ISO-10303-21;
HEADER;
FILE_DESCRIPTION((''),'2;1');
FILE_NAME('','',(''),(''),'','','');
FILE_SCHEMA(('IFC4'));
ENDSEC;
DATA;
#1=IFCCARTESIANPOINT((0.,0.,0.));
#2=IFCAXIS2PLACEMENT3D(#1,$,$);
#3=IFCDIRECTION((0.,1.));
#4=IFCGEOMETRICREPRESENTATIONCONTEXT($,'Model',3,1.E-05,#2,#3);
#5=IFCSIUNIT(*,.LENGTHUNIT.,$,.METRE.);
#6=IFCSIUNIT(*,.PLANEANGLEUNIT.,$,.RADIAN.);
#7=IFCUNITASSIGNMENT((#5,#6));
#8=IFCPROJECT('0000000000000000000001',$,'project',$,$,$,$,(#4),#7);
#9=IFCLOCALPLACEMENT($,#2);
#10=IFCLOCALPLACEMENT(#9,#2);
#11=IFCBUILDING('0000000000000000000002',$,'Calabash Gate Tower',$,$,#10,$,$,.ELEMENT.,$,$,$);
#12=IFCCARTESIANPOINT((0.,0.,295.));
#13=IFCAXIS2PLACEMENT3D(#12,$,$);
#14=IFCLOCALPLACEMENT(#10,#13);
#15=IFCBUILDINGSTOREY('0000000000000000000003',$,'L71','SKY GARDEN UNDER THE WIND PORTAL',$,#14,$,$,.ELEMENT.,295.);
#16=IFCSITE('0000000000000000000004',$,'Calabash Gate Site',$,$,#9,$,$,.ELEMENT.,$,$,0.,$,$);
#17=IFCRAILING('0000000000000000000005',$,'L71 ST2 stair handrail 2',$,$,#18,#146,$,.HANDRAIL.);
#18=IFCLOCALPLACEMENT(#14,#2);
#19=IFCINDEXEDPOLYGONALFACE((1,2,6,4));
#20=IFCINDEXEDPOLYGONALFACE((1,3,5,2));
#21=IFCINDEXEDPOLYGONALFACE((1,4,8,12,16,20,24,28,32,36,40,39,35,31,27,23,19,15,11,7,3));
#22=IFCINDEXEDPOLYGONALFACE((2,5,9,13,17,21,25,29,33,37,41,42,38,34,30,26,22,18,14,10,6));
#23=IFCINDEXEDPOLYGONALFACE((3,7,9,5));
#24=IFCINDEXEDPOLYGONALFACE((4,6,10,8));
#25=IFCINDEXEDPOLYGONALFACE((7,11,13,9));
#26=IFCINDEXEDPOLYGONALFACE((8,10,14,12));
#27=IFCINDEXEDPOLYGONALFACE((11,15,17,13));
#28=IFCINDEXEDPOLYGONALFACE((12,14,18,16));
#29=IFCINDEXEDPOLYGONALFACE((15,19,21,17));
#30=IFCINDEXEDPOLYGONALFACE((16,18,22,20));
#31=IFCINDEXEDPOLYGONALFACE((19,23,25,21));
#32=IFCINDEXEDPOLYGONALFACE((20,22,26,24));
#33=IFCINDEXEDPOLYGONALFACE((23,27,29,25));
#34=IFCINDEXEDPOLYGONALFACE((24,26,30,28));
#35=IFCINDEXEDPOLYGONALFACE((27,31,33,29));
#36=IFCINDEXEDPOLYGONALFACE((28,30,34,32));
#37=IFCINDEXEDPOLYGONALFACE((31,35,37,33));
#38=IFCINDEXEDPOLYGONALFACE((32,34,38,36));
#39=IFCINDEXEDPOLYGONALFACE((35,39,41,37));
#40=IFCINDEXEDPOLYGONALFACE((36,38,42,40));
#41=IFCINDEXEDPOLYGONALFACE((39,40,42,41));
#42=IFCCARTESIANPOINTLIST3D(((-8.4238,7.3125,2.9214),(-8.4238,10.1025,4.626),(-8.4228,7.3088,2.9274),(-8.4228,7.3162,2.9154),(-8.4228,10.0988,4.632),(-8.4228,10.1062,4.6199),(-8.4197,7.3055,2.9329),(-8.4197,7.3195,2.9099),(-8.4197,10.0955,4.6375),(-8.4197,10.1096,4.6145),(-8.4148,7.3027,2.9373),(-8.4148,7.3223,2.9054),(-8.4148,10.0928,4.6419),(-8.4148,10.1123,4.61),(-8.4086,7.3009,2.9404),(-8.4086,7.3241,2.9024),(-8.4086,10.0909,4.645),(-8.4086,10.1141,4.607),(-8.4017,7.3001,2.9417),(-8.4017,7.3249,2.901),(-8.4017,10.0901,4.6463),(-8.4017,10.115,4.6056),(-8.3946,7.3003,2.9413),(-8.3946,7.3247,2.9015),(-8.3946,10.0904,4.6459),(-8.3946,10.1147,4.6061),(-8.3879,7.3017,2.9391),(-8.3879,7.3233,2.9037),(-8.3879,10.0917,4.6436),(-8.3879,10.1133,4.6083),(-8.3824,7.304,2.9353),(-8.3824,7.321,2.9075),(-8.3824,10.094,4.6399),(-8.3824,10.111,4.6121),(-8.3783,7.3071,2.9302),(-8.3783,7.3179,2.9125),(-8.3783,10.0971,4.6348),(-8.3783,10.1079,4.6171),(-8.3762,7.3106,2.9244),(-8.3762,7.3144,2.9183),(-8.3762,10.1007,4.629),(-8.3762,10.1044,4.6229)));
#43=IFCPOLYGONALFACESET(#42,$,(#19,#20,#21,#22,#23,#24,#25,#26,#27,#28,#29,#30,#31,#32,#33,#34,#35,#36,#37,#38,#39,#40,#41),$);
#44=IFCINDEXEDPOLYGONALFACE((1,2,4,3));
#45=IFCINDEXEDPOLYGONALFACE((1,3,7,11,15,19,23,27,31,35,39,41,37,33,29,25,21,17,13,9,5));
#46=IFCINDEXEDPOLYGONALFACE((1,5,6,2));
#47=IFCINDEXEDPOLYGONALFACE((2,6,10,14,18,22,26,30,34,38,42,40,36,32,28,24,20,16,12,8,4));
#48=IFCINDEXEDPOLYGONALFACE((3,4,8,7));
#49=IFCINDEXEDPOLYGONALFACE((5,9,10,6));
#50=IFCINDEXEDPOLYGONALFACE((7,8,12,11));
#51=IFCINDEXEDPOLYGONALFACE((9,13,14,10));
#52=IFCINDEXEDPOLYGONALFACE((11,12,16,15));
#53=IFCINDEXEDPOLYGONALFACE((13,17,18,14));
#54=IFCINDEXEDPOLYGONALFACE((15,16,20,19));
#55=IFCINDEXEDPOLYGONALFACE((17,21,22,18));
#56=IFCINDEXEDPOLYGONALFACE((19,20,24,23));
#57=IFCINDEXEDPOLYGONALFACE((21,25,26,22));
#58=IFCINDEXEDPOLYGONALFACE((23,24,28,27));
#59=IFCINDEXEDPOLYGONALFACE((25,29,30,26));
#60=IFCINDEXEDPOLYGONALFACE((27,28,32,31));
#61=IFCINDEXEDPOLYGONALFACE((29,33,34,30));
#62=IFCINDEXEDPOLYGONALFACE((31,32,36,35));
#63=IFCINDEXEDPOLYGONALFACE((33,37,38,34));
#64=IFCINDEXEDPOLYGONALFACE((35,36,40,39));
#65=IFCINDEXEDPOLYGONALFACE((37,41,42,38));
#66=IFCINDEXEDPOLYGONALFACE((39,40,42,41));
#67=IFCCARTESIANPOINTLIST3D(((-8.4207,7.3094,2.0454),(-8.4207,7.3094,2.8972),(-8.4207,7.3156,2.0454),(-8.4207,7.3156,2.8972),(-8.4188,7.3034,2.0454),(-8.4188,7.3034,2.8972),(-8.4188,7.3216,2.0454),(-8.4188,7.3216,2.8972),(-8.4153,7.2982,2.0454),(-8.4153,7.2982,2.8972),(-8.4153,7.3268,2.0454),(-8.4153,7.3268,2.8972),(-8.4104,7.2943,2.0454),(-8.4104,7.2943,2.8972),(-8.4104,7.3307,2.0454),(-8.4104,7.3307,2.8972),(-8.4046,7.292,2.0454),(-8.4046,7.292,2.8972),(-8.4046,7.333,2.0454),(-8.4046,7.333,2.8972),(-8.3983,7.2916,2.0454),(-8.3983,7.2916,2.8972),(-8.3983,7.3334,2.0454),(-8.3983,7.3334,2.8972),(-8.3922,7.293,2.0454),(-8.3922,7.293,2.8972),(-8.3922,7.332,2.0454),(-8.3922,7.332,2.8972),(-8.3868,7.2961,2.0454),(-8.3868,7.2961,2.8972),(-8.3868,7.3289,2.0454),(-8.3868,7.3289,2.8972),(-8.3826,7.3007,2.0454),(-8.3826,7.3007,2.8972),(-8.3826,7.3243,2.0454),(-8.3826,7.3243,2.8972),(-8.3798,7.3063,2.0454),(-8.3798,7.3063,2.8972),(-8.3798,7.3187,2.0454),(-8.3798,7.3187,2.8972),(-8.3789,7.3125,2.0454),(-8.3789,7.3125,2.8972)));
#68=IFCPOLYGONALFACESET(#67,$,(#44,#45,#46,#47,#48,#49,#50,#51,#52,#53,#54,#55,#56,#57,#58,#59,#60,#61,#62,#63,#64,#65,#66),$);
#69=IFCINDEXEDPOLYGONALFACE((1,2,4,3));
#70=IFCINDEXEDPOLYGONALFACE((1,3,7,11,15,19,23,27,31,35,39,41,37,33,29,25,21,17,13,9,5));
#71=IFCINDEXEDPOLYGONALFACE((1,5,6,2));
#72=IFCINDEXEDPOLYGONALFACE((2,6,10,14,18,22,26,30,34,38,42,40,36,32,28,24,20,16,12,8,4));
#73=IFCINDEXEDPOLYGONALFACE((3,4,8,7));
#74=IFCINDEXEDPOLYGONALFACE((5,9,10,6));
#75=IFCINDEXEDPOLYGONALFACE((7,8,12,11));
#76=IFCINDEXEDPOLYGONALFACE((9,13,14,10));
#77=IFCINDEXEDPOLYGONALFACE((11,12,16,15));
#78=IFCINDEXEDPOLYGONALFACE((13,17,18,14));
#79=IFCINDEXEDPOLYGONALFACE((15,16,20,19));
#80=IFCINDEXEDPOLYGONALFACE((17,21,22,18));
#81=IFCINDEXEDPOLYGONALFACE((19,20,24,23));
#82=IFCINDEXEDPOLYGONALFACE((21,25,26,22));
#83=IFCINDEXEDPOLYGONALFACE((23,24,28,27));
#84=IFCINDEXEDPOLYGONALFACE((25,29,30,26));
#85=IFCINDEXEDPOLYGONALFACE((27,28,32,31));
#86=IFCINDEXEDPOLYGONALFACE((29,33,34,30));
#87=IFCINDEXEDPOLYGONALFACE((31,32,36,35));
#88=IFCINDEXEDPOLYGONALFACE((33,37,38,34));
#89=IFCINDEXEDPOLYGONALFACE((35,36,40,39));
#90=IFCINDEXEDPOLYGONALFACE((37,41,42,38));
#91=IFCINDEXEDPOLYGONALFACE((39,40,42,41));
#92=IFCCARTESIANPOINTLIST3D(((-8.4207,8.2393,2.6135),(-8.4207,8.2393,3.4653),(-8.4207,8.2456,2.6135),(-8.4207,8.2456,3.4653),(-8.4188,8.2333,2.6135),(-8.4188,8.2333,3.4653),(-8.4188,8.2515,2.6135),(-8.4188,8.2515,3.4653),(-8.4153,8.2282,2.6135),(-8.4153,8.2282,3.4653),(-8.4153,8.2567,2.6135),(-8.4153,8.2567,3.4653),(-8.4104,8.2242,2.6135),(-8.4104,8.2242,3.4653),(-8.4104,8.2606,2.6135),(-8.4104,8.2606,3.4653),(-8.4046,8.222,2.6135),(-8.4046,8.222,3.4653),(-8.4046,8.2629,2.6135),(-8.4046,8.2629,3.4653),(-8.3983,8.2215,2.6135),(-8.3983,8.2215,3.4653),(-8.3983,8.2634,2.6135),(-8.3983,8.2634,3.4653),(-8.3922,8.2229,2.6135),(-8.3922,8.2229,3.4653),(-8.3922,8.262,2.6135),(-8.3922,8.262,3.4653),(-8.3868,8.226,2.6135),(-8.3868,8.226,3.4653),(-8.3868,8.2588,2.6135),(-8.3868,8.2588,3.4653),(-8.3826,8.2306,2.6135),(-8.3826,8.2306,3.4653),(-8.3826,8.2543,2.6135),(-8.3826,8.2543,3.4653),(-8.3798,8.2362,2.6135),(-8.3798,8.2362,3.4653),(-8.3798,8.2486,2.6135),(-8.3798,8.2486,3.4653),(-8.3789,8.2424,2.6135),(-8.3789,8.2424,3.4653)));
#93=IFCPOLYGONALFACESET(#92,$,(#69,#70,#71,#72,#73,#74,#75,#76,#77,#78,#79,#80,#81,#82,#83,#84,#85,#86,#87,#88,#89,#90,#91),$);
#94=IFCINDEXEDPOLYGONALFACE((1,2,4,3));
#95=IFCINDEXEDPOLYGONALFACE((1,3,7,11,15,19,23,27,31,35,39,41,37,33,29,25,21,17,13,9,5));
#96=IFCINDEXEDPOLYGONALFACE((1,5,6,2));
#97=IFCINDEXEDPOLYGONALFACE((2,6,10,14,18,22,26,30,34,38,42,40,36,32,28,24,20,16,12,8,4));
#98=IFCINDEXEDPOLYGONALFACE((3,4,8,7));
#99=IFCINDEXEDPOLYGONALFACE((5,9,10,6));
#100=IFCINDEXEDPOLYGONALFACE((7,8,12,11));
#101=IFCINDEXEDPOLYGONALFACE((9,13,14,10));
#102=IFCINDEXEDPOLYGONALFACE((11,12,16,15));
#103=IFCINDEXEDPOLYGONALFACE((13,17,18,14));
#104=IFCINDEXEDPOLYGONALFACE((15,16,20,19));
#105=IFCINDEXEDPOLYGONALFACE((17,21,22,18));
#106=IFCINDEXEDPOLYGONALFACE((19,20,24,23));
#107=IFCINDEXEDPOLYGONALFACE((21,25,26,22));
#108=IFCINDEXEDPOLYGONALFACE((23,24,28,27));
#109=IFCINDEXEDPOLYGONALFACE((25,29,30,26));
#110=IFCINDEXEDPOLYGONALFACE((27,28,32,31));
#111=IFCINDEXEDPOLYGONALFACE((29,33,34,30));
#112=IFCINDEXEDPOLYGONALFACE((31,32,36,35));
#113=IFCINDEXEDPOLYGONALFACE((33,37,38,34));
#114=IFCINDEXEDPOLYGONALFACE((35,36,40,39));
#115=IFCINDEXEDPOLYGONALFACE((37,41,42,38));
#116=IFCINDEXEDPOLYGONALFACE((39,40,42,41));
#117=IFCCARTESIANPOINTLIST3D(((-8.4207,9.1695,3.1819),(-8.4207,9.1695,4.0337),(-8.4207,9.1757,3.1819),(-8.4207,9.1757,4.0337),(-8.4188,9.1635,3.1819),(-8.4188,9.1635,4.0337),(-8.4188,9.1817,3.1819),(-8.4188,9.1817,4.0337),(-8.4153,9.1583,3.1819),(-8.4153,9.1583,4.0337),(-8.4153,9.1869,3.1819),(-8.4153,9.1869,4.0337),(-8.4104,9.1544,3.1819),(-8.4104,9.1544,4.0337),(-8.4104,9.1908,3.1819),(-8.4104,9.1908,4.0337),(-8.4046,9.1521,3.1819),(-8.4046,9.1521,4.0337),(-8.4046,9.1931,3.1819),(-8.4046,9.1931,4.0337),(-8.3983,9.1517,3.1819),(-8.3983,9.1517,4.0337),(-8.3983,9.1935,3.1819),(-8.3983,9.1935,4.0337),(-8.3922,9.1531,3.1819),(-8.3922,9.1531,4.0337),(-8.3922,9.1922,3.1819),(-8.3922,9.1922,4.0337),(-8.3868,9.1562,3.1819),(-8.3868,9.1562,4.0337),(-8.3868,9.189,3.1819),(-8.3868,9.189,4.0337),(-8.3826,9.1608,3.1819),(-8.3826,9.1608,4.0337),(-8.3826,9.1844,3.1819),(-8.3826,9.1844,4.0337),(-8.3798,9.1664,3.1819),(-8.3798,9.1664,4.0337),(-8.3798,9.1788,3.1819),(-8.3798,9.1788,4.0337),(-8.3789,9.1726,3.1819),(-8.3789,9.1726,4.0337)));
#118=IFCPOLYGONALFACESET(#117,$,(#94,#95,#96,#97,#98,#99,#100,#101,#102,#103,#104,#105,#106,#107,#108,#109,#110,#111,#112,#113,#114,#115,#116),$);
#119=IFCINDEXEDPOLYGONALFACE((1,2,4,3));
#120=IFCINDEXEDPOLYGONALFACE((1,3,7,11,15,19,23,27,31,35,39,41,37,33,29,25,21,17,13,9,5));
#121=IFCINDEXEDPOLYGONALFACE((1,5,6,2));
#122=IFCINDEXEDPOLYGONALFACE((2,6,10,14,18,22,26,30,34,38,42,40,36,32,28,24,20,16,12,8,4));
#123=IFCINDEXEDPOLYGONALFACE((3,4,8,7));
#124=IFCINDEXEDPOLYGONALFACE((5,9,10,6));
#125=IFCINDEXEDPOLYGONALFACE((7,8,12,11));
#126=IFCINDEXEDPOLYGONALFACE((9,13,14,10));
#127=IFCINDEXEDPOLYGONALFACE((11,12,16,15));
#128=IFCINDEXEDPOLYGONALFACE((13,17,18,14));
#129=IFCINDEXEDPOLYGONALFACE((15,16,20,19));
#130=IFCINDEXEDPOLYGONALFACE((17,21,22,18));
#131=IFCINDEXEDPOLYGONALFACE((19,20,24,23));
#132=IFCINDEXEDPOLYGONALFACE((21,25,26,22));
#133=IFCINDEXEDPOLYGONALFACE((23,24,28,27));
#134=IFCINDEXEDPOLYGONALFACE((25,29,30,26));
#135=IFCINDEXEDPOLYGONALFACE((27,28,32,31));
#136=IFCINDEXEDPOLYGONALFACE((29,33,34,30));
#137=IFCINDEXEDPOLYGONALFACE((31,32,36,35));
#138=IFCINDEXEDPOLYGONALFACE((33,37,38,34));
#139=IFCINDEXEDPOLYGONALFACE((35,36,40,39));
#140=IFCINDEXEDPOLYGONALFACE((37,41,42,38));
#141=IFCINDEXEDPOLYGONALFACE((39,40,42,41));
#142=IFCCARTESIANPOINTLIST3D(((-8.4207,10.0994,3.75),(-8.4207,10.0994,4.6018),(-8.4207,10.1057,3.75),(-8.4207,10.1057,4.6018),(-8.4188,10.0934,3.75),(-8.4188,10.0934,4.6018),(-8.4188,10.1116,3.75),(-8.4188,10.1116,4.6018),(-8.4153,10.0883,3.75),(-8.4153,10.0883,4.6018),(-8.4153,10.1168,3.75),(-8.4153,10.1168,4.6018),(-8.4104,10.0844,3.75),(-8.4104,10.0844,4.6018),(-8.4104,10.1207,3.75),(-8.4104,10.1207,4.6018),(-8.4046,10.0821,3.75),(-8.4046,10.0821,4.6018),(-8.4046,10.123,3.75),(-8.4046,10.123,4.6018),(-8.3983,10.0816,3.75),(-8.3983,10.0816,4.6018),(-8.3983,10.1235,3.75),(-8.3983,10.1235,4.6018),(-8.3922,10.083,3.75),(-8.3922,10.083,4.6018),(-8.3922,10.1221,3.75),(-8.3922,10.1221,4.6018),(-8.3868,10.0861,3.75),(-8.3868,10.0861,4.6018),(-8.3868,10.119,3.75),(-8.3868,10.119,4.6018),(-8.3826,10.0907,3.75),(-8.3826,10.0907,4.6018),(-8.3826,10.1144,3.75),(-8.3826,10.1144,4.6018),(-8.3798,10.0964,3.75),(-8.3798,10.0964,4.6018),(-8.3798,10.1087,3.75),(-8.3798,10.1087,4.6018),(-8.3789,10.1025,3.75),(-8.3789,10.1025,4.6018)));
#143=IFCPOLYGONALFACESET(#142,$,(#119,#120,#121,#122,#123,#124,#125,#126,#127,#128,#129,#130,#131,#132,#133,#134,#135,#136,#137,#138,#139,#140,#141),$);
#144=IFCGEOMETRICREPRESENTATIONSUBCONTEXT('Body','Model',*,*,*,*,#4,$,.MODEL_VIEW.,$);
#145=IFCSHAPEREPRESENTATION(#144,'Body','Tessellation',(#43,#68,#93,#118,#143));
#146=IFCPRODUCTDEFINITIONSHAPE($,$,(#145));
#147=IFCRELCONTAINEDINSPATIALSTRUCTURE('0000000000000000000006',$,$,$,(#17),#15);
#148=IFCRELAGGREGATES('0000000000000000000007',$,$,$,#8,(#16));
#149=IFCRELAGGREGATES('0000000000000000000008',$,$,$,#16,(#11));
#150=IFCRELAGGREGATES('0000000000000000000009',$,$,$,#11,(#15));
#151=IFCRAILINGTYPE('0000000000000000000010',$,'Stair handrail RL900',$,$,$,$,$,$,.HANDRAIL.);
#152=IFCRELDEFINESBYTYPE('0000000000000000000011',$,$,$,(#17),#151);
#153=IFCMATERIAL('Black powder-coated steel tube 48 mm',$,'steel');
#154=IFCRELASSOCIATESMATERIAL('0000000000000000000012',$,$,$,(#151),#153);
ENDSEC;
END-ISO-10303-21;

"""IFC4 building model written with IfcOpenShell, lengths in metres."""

from ifc_helpers import new_model, si_unit, direction, frame, origin, origin_2d, place, context, subcontext, project, spatial, circle, extrude, material, type_object, element, save


model = new_model("IFC4")

# Units and contexts
model_context = context("Model", 3, precision=1e-05, world=origin(), true_north=direction((0.0, 1.0)))
body_context = subcontext(model_context, "Body", "Model", "MODEL_VIEW")
ifc_project = project(units=[si_unit("LENGTHUNIT", "METRE"), si_unit("PLANEANGLEUNIT", "RADIAN")], contexts=[model_context])

# Site, building, storey
site_placement = place(None, origin())
site = spatial("IfcSite", under=ifc_project, at=site_placement, Name="Calabash Gate Site", CompositionType="ELEMENT", RefElevation=0.0)
building_placement = place(site_placement, origin())
building = spatial("IfcBuilding", under=site, at=building_placement, Name="Calabash Gate Tower", CompositionType="ELEMENT")
storey_placement = place(building_placement, frame((0.0, 0.0, 295.0)))
storey = spatial("IfcBuildingStorey", under=building, at=storey_placement, Name="L71", Description="SKY GARDEN UNDER THE WIND PORTAL", CompositionType="ELEMENT", Elevation=295.0)

# Railing
ifc_material_1 = material(Name="Black powder-coated steel tube 48 mm", Category="steel")
railing_type_1 = type_object("IfcRailingType", Name="Stair handrail RL900", PredefinedType="HANDRAIL", material=ifc_material_1)
railing_1_placement = place(storey_placement, frame((-8.3999, 7.3125, 2.0454)))
element("IfcRailing", 1, at=railing_1_placement, inside=storey, type_object=railing_type_1, Name="L71 ST2 stair handrail 2", PredefinedType="HANDRAIL", context=body_context, shape_type="SweptSolid", body=[
    extrude(circle(Radius=0.0239, at=origin_2d()), frame((0.0, 0.0, 0.876), z_axis=(0.0, 0.853341, 0.521353), x_axis=(-1.0, 0.0, 0.0)), (0.0, 0.0, 1.0), 3.2695),
    extrude(circle(Radius=0.021, at=origin_2d()), origin(), (0.0, 0.0, 1.0), 0.8518),
    extrude(circle(Radius=0.021, at=origin_2d()), frame((0.0, 0.9299, 0.5681)), (0.0, 0.0, 1.0), 0.8518),
    extrude(circle(Radius=0.021, at=origin_2d()), frame((0.0, 1.8601, 1.1365)), (0.0, 0.0, 1.0), 0.8518),
    extrude(circle(Radius=0.021, at=origin_2d()), frame((0.0, 2.79, 1.7046)), (0.0, 0.0, 1.0), 0.8518),
])

save(model, "model.ifc")
